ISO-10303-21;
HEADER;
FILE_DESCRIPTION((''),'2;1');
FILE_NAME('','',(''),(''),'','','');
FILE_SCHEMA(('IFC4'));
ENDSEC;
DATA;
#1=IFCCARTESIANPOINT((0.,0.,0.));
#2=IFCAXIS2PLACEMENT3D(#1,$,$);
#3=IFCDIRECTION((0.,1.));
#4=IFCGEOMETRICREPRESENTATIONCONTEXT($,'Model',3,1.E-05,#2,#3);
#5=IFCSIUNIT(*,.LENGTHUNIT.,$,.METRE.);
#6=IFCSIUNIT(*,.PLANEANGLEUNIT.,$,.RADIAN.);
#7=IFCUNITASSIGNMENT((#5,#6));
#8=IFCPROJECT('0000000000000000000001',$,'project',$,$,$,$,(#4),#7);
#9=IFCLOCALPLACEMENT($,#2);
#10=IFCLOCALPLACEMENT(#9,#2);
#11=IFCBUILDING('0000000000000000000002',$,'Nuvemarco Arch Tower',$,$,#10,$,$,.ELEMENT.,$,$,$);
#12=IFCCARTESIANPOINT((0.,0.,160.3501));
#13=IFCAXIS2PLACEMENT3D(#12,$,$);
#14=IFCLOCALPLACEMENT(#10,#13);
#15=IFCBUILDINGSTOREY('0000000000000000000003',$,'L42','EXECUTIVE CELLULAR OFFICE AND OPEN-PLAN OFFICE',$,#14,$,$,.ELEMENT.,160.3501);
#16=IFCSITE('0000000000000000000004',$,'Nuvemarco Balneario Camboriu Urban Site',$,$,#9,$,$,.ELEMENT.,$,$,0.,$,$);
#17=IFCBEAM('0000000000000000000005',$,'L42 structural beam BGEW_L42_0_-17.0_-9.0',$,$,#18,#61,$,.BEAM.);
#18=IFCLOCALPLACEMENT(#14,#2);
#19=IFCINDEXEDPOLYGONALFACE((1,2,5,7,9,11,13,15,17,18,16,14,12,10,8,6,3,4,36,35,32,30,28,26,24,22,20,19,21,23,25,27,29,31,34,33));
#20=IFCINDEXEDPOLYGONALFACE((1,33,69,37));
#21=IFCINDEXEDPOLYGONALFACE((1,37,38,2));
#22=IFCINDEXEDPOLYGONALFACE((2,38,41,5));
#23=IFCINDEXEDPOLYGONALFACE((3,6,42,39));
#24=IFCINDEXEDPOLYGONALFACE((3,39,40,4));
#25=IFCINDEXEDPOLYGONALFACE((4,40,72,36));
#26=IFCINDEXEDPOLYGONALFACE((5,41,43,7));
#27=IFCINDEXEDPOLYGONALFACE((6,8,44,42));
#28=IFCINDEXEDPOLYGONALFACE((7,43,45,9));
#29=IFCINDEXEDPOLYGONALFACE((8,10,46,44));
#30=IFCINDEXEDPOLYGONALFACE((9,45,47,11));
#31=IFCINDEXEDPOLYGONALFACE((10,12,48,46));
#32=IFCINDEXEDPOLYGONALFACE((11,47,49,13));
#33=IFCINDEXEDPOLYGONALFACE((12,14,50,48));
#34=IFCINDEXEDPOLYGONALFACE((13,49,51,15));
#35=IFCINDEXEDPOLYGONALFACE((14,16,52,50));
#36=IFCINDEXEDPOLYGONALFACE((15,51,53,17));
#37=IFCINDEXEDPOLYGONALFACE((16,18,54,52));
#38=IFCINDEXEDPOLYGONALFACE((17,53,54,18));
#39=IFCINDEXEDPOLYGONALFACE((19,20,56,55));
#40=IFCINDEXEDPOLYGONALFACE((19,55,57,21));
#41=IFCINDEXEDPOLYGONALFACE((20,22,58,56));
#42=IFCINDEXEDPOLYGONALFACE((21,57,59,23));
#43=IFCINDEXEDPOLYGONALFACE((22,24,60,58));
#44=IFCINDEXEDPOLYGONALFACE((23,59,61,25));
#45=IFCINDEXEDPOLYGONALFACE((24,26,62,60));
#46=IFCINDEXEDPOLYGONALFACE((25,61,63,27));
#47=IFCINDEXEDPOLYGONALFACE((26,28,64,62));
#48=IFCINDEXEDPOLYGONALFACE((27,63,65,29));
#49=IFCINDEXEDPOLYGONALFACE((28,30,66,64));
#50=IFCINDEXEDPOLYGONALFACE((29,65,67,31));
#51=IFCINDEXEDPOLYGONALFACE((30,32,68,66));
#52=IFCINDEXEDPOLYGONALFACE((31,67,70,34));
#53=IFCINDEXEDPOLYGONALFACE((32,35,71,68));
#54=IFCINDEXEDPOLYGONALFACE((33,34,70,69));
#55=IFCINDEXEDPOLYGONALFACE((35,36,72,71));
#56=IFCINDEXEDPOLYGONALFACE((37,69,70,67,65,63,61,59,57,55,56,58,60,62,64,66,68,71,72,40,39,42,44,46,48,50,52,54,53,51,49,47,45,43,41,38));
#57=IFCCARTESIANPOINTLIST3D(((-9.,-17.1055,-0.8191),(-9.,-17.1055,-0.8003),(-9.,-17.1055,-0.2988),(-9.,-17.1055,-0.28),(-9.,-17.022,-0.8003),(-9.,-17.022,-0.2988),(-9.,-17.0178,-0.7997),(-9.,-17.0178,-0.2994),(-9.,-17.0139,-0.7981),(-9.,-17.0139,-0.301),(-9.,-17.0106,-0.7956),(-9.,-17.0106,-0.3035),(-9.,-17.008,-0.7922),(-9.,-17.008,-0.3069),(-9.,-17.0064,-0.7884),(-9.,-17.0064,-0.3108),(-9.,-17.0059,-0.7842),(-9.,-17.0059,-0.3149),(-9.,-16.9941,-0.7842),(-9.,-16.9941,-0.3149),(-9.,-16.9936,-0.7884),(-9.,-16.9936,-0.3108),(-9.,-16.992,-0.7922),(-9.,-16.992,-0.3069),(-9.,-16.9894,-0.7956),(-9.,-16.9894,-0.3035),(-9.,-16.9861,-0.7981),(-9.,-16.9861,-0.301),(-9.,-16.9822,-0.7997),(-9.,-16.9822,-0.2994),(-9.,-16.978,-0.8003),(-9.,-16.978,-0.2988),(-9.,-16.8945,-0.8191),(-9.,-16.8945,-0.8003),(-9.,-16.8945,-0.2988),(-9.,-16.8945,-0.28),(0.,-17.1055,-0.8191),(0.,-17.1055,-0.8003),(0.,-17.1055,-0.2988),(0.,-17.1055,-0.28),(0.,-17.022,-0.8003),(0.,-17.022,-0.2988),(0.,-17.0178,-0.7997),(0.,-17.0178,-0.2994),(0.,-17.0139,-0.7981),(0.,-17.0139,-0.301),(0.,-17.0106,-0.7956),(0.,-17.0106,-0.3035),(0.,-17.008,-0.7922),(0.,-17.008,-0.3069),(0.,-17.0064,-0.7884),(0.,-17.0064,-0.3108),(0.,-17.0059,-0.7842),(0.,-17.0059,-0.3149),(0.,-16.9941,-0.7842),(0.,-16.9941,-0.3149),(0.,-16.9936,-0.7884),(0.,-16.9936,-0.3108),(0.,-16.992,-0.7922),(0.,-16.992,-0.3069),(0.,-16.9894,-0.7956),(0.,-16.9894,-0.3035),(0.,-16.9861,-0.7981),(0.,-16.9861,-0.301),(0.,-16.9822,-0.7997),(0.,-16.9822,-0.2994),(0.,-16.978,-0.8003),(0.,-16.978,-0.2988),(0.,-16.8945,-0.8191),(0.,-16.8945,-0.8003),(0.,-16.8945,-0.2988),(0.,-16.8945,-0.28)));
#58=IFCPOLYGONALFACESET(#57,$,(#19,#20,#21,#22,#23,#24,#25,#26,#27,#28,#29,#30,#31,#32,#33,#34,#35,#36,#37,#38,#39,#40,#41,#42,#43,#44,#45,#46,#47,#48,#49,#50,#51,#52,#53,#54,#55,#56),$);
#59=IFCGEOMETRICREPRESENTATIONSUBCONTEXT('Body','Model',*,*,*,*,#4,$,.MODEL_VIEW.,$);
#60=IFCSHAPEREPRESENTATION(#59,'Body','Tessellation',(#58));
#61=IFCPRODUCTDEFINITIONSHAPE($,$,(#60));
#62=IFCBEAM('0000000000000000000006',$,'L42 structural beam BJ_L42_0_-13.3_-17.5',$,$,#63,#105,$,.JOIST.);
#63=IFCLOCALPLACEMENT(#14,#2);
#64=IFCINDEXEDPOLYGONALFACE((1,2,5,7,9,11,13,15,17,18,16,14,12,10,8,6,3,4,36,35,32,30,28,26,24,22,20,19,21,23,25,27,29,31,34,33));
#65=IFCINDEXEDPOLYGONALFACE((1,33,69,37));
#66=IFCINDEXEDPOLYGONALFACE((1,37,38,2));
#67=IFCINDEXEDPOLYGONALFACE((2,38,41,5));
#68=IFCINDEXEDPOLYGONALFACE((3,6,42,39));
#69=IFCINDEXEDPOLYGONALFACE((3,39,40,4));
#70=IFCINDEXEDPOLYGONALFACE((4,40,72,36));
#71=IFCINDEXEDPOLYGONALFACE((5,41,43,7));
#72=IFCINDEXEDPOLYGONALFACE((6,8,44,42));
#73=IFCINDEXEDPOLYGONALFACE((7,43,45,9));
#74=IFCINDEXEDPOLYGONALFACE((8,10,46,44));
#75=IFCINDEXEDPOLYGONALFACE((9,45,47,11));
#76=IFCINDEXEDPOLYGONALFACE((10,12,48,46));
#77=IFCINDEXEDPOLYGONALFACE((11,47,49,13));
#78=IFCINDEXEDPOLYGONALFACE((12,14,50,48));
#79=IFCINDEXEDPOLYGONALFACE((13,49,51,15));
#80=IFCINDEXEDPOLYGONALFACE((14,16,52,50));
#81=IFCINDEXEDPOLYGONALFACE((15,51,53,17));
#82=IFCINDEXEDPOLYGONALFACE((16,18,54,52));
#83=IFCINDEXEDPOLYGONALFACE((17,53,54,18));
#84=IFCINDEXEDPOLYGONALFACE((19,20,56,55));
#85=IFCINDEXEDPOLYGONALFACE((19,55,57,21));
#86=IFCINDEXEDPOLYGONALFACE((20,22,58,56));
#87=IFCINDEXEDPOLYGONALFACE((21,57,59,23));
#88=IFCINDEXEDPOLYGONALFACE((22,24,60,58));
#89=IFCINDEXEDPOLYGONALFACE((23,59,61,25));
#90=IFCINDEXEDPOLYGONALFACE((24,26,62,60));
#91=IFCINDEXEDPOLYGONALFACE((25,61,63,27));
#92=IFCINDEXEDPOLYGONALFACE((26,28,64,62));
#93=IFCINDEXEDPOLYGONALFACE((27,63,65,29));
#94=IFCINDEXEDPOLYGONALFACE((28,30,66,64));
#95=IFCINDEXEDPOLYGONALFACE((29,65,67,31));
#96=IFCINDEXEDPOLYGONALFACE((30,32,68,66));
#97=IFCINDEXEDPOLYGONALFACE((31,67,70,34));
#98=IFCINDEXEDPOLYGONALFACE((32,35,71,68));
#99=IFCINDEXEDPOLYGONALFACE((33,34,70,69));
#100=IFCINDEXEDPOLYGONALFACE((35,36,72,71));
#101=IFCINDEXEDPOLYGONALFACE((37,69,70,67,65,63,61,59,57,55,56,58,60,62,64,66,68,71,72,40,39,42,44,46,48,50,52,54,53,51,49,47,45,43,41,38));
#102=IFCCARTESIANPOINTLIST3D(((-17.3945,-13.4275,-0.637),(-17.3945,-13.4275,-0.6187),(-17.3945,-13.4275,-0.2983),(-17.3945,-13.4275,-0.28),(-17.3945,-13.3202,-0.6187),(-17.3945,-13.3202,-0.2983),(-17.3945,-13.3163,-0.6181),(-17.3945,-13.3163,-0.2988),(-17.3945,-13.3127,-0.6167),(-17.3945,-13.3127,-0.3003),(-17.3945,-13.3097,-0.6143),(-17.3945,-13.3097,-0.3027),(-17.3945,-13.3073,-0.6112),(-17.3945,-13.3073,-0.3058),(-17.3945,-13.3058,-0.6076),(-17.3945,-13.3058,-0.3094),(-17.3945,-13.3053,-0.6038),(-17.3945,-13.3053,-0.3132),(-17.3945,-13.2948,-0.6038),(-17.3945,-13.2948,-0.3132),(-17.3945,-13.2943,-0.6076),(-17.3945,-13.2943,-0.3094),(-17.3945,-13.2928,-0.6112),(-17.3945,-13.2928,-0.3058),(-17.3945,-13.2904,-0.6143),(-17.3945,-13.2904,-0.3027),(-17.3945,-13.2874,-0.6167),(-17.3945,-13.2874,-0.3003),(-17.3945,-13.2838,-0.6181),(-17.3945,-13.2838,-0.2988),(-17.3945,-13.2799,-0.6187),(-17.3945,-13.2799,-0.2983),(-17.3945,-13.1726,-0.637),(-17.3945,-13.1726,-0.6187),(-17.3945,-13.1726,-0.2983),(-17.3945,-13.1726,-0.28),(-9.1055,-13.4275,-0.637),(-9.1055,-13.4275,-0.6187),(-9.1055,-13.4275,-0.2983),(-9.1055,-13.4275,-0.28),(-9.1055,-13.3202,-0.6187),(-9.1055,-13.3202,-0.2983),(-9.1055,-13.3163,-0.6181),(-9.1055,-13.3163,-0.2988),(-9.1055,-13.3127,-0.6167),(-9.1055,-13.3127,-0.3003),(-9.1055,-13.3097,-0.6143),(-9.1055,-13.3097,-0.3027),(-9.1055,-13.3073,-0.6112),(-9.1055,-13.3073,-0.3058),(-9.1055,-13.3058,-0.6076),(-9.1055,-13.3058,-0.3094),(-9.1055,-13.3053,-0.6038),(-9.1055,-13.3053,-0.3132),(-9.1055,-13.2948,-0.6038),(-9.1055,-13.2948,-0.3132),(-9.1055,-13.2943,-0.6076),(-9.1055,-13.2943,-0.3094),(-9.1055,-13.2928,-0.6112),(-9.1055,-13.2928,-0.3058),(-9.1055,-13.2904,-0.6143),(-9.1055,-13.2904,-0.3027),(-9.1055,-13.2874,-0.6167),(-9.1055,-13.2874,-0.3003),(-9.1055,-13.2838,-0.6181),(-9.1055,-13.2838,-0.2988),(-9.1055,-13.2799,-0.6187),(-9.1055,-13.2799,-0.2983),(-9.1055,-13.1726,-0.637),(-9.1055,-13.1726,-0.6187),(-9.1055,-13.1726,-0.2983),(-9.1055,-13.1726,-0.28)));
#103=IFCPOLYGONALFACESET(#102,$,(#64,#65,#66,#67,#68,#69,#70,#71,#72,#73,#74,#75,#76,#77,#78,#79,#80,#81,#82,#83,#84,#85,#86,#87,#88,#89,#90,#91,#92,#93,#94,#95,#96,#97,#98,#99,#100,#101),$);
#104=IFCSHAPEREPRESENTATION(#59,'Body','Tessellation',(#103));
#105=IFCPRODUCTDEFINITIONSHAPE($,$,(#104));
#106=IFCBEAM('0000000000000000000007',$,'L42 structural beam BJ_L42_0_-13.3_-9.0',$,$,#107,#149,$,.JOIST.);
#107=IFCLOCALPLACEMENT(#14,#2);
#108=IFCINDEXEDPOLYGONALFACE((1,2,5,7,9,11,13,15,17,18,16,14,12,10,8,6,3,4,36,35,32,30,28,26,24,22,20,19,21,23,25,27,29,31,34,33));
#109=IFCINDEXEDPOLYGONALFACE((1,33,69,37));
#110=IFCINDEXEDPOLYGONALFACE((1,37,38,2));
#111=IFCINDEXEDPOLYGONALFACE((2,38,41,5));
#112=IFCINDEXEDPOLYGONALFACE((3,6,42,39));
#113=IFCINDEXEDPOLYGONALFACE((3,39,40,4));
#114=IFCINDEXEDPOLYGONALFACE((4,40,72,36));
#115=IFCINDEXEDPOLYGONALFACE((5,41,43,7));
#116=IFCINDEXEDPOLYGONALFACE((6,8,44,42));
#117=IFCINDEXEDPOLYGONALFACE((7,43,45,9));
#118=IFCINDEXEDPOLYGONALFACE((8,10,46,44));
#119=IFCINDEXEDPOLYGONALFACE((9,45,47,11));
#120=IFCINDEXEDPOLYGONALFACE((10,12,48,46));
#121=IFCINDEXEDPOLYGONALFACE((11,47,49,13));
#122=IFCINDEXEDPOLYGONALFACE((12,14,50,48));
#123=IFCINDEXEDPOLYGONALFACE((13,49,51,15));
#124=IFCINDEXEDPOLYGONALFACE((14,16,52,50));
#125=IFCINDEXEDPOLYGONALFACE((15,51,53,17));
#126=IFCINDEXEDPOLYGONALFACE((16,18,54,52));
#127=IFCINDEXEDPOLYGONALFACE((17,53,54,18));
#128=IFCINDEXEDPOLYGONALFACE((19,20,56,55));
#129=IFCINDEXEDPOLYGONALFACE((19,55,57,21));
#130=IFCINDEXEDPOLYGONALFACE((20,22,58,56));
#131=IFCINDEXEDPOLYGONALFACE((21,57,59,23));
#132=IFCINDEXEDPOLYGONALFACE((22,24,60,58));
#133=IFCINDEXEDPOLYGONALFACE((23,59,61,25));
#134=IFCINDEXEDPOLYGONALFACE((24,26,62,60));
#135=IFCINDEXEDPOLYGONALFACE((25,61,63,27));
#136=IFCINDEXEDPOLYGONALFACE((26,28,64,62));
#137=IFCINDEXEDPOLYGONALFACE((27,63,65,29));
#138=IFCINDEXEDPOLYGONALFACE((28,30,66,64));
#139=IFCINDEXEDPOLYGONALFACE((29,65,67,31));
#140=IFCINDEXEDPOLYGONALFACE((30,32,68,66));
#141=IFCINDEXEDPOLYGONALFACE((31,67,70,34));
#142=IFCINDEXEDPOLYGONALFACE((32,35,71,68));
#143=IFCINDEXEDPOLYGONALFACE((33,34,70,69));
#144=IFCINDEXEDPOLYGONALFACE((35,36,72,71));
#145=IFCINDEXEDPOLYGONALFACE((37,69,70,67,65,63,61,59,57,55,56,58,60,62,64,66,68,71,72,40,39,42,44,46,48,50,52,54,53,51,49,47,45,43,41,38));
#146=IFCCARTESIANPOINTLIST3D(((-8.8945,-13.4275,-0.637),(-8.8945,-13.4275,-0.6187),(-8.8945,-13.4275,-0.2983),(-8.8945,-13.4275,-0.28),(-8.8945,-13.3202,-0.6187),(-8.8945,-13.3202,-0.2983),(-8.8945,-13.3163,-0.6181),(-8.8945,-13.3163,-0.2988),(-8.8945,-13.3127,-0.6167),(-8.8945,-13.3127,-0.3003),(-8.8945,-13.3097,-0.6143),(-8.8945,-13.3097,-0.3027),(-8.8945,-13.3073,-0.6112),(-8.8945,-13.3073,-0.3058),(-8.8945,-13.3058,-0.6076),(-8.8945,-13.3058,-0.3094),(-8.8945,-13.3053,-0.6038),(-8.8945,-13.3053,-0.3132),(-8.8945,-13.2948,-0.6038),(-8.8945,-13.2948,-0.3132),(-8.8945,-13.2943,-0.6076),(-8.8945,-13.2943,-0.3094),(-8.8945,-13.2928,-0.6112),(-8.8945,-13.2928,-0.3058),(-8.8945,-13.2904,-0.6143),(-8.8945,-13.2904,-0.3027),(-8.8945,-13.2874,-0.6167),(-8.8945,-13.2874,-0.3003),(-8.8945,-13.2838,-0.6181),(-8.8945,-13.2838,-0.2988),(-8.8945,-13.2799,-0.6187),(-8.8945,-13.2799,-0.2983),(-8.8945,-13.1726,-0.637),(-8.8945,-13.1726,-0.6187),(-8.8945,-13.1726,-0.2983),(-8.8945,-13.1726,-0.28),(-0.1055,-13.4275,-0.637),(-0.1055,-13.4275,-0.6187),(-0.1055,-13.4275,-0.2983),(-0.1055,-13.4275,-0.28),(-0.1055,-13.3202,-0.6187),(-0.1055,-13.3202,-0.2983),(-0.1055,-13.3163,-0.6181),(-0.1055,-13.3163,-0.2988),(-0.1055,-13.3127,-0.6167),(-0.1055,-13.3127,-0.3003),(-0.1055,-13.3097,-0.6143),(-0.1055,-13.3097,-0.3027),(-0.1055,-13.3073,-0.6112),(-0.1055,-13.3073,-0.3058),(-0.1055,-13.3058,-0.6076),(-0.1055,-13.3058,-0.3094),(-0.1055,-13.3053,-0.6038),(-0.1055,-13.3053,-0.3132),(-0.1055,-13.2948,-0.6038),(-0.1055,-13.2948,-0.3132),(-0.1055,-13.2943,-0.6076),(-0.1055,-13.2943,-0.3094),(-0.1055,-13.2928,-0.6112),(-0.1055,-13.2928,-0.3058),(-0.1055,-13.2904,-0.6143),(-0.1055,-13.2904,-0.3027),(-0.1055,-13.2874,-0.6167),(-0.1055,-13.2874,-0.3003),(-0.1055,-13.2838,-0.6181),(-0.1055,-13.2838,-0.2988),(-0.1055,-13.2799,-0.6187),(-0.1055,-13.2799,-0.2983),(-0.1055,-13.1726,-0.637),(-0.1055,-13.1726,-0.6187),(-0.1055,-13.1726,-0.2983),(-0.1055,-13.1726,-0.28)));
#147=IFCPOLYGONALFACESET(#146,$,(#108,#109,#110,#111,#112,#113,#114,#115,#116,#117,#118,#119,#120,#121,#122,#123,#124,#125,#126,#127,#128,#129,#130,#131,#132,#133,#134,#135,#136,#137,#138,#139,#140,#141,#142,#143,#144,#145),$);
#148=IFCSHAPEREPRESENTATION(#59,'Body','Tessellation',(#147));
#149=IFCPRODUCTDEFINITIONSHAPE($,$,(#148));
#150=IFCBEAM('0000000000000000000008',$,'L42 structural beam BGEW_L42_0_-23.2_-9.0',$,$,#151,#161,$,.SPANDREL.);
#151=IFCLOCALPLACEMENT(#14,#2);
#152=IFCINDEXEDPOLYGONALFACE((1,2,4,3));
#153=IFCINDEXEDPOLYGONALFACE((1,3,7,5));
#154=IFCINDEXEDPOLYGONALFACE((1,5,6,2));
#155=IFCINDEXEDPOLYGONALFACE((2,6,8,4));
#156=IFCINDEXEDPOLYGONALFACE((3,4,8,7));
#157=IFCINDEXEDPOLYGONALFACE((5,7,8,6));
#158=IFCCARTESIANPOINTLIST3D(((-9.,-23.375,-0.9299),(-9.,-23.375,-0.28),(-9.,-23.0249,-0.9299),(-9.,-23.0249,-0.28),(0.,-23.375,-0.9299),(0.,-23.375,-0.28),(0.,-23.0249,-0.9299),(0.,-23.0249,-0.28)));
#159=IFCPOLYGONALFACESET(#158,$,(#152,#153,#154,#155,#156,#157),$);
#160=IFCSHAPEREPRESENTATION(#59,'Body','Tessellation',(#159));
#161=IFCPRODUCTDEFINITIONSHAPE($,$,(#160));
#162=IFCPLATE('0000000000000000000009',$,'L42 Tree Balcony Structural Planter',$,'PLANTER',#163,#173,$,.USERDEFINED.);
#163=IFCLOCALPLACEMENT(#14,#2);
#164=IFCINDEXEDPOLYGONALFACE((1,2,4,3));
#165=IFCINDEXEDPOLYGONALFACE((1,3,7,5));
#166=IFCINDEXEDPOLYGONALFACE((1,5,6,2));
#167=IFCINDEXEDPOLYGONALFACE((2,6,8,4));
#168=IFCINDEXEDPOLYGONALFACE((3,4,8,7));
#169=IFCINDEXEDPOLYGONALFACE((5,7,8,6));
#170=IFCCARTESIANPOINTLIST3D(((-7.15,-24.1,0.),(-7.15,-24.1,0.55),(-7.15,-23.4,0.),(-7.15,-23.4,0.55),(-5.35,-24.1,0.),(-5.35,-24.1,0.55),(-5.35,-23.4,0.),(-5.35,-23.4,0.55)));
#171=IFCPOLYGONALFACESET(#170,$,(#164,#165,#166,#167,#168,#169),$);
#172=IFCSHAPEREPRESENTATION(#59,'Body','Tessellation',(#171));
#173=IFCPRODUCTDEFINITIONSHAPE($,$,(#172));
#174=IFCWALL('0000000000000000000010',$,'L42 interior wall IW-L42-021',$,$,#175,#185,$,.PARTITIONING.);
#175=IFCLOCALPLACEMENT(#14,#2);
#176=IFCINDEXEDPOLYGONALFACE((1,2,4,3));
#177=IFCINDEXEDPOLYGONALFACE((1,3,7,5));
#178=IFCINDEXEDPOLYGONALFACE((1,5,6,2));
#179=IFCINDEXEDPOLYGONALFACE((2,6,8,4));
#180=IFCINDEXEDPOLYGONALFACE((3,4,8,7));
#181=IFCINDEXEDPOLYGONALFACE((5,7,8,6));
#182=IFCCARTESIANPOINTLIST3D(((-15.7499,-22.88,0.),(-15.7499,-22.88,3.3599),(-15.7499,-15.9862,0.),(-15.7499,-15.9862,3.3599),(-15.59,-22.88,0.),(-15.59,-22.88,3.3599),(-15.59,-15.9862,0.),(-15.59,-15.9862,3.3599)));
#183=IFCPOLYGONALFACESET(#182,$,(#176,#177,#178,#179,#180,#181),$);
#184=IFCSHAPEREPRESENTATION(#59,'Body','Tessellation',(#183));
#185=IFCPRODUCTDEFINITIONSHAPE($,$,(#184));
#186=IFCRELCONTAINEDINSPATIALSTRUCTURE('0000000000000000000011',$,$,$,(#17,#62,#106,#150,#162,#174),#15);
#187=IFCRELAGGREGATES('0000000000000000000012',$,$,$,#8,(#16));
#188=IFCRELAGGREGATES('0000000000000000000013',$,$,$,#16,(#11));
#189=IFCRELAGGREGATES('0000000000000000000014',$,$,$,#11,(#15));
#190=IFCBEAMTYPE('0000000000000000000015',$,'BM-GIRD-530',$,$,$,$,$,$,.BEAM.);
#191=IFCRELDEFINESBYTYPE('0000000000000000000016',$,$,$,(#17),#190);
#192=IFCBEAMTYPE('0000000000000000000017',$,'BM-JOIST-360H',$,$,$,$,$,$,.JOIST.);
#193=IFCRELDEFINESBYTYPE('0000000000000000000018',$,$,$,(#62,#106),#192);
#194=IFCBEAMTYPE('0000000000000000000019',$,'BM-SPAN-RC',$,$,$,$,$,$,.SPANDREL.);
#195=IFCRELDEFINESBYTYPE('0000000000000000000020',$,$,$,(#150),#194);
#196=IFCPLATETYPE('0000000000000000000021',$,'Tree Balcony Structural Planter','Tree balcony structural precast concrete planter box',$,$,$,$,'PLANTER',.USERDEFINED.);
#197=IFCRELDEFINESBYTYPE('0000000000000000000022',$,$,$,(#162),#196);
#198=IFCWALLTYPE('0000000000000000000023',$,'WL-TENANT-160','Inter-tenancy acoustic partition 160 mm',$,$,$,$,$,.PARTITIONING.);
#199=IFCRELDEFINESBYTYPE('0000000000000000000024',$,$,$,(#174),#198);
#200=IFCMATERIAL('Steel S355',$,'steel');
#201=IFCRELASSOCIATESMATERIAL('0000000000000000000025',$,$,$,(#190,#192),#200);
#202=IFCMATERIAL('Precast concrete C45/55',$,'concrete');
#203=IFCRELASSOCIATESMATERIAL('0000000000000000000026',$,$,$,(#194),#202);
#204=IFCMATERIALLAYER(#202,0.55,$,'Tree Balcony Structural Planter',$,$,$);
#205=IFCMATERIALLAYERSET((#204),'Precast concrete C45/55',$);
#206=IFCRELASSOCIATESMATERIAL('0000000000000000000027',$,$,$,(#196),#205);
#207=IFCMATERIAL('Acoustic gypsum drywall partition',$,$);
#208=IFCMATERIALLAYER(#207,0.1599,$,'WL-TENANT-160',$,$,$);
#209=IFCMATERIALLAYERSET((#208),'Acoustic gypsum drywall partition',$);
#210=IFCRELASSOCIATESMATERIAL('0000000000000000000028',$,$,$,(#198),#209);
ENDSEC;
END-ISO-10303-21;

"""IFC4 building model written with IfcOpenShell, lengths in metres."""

from ifc_helpers import new_model, si_unit, direction, frame, frame_2d, origin, origin_2d, place, context, subcontext, project, spatial, rectangle, i_section, extrude, source, transform, mapped, material, layer, layer_set, material_profile, profile_set, type_object, type_shapes, element, save


model = new_model("IFC4")

# Units and contexts
model_context = context("Model", 3, precision=1e-05, world=origin(), true_north=direction((0.0, 1.0)))
body_context = subcontext(model_context, "Body", "Model", "MODEL_VIEW")
ifc_project = project(units=[si_unit("LENGTHUNIT", "METRE"), si_unit("PLANEANGLEUNIT", "RADIAN")], contexts=[model_context])

# Site, building, storey
site_placement = place(None, origin())
site = spatial("IfcSite", under=ifc_project, at=site_placement, Name="Nuvemarco Balneario Camboriu Urban Site", CompositionType="ELEMENT", RefElevation=0.0)
building_placement = place(site_placement, origin())
building = spatial("IfcBuilding", under=site, at=building_placement, Name="Nuvemarco Arch Tower", CompositionType="ELEMENT")
storey_placement = place(building_placement, frame((0.0, 0.0, 160.3501)))
storey = spatial("IfcBuildingStorey", under=building, at=storey_placement, Name="L42", Description="EXECUTIVE CELLULAR OFFICE AND OPEN-PLAN OFFICE", CompositionType="ELEMENT", Elevation=160.3501)

# Shared definitions
ifc_material_1 = material(Name="Steel S355", Category="steel")

# Beams
ifc_material_profile_1 = material_profile(ifc_material_1, i_section(OverallWidth=0.2109, OverallDepth=0.5391, WebThickness=0.0117, FlangeThickness=0.0188, FilletRadius=0.0161, at=origin_2d()), Name="W530x109")
ifc_profile_set_1 = profile_set([ifc_material_profile_1], Name="Steel S355")
beam_type_1 = type_object("IfcBeamType", Name="BM-GIRD-530", PredefinedType="BEAM", material=ifc_profile_set_1)
beam_1_placement = place(storey_placement, frame((-9.0, -17.0, -0.5496), z_axis=(1.0, 0.0, 0.0), x_axis=(0.0, 1.0, 0.0)))
element("IfcBeam", 1, at=beam_1_placement, inside=storey, type_object=beam_type_1, Name="L42 structural beam BGEW_L42_0_-17.0_-9.0", PredefinedType="BEAM", context=body_context, shape_type="SweptSolid", body=[
    extrude(i_section(OverallWidth=0.2109, OverallDepth=0.5391, WebThickness=0.0117, FlangeThickness=0.0188, FilletRadius=0.0161, at=origin_2d()), origin(), (0.0, 0.0, 1.0), 9.0),
])
ifc_material_profile_2 = material_profile(ifc_material_1, i_section(OverallWidth=0.2549, OverallDepth=0.3569, WebThickness=0.0105, FlangeThickness=0.0183, FilletRadius=0.0149, at=origin_2d()), Name="W360x101")
ifc_profile_set_2 = profile_set([ifc_material_profile_2], Name="Steel S355")
beam_type_2 = type_object("IfcBeamType", Name="BM-JOIST-360H", PredefinedType="JOIST", material=ifc_profile_set_2)
beam_2_placement = place(storey_placement, frame((-17.3945, -13.3, -0.4585), z_axis=(1.0, 0.0, 0.0), x_axis=(0.0, 1.0, 0.0)))
element("IfcBeam", 2, at=beam_2_placement, inside=storey, type_object=beam_type_2, Name="L42 structural beam BJ_L42_0_-13.3_-17.5", PredefinedType="JOIST", context=body_context, shape_type="SweptSolid", body=[
    extrude(i_section(OverallWidth=0.2549, OverallDepth=0.3569, WebThickness=0.0105, FlangeThickness=0.0183, FilletRadius=0.0149, at=origin_2d()), origin(), (0.0, 0.0, 1.0), 8.2891),
])
beam_3_placement = place(storey_placement, frame((-8.8945, -13.3, -0.4585), z_axis=(1.0, 0.0, 0.0), x_axis=(0.0, 1.0, 0.0)))
element("IfcBeam", 3, at=beam_3_placement, inside=storey, type_object=beam_type_2, Name="L42 structural beam BJ_L42_0_-13.3_-9.0", PredefinedType="JOIST", context=body_context, shape_type="SweptSolid", body=[
    extrude(i_section(OverallWidth=0.2549, OverallDepth=0.3569, WebThickness=0.0105, FlangeThickness=0.0183, FilletRadius=0.0149, at=origin_2d()), origin(), (0.0, 0.0, 1.0), 8.7891),
])
ifc_material_2 = material(Name="Precast concrete C45/55", Category="concrete")
ifc_material_profile_3 = material_profile(ifc_material_2, rectangle(XDim=0.3501, YDim=0.6499, at=origin_2d()), Name="PC-SP-350x650")
ifc_profile_set_3 = profile_set([ifc_material_profile_3], Name="Precast concrete C45/55")
beam_type_3 = type_object("IfcBeamType", Name="BM-SPAN-RC", PredefinedType="SPANDREL", material=ifc_profile_set_3)
beam_4_placement = place(storey_placement, frame((-9.0, -23.2, -0.605), z_axis=(1.0, 0.0, 0.0), x_axis=(0.0, 1.0, 0.0)))
element("IfcBeam", 4, at=beam_4_placement, inside=storey, type_object=beam_type_3, Name="L42 structural beam BGEW_L42_0_-23.2_-9.0", PredefinedType="SPANDREL", context=body_context, shape_type="SweptSolid", body=[
    extrude(rectangle(XDim=0.3501, YDim=0.6499, at=origin_2d()), origin(), (0.0, 0.0, 1.0), 9.0),
])

# Plate
ifc_layer_1 = layer(ifc_material_2, 0.55, Name="Tree Balcony Structural Planter")
ifc_layer_set_1 = layer_set([ifc_layer_1], Name="Precast concrete C45/55")
plate_type = type_object("IfcPlateType", Name="Tree Balcony Structural Planter", Description="Tree balcony structural precast concrete planter box", ElementType="PLANTER", PredefinedType="USERDEFINED", material=ifc_layer_set_1)
shared_shape_1 = source(origin(), body_context, "Body", "SweptSolid", [
    extrude(rectangle(XDim=1.8, YDim=0.7, at=origin_2d()), origin(), (0.0, 0.0, 1.0), 0.55),
])
type_shapes(plate_type, [shared_shape_1])
plate_placement = place(storey_placement, frame((-6.25, -23.75, 0.0), z_axis=(0.0, 0.0, 1.0), x_axis=(1.0, 0.0, 0.0)))
element("IfcPlate", 5, at=plate_placement, inside=storey, type_object=plate_type, Name="L42 Tree Balcony Structural Planter", ObjectType="PLANTER", PredefinedType="USERDEFINED", context=body_context, shape_type="MappedRepresentation", body=[
    mapped(shared_shape_1, transform((0.0, 0.0, 0.0), scale=1.0)),
])

# Wall
ifc_material_3 = material(Name="Acoustic gypsum drywall partition")
ifc_layer_2 = layer(ifc_material_3, 0.1599, Name="WL-TENANT-160")
ifc_layer_set_2 = layer_set([ifc_layer_2], Name="Acoustic gypsum drywall partition")
wall_type = type_object("IfcWallType", Name="WL-TENANT-160", Description="Inter-tenancy acoustic partition 160 mm", PredefinedType="PARTITIONING", material=ifc_layer_set_2)
for number, where, z_axis, x_axis, name in (
    (6, (-15.6699, -22.8799, 0.0), (0.0, 0.0, 1.0), (0.0, 1.0, 0.0), "L42 interior wall IW-L42-021"),
):
    element("IfcWall", number, at=place(storey_placement, frame(where, z_axis=z_axis, x_axis=x_axis)), inside=storey, type_object=wall_type, Name=name, PredefinedType="PARTITIONING", context=body_context, shape_type="SweptSolid", body=[
        extrude(rectangle(XDim=6.8938, YDim=0.1599, at=frame_2d((3.4468, 0.0))), origin(), (0.0, 0.0, 1.0), 3.3599),
    ])

save(model, "model.ifc")
